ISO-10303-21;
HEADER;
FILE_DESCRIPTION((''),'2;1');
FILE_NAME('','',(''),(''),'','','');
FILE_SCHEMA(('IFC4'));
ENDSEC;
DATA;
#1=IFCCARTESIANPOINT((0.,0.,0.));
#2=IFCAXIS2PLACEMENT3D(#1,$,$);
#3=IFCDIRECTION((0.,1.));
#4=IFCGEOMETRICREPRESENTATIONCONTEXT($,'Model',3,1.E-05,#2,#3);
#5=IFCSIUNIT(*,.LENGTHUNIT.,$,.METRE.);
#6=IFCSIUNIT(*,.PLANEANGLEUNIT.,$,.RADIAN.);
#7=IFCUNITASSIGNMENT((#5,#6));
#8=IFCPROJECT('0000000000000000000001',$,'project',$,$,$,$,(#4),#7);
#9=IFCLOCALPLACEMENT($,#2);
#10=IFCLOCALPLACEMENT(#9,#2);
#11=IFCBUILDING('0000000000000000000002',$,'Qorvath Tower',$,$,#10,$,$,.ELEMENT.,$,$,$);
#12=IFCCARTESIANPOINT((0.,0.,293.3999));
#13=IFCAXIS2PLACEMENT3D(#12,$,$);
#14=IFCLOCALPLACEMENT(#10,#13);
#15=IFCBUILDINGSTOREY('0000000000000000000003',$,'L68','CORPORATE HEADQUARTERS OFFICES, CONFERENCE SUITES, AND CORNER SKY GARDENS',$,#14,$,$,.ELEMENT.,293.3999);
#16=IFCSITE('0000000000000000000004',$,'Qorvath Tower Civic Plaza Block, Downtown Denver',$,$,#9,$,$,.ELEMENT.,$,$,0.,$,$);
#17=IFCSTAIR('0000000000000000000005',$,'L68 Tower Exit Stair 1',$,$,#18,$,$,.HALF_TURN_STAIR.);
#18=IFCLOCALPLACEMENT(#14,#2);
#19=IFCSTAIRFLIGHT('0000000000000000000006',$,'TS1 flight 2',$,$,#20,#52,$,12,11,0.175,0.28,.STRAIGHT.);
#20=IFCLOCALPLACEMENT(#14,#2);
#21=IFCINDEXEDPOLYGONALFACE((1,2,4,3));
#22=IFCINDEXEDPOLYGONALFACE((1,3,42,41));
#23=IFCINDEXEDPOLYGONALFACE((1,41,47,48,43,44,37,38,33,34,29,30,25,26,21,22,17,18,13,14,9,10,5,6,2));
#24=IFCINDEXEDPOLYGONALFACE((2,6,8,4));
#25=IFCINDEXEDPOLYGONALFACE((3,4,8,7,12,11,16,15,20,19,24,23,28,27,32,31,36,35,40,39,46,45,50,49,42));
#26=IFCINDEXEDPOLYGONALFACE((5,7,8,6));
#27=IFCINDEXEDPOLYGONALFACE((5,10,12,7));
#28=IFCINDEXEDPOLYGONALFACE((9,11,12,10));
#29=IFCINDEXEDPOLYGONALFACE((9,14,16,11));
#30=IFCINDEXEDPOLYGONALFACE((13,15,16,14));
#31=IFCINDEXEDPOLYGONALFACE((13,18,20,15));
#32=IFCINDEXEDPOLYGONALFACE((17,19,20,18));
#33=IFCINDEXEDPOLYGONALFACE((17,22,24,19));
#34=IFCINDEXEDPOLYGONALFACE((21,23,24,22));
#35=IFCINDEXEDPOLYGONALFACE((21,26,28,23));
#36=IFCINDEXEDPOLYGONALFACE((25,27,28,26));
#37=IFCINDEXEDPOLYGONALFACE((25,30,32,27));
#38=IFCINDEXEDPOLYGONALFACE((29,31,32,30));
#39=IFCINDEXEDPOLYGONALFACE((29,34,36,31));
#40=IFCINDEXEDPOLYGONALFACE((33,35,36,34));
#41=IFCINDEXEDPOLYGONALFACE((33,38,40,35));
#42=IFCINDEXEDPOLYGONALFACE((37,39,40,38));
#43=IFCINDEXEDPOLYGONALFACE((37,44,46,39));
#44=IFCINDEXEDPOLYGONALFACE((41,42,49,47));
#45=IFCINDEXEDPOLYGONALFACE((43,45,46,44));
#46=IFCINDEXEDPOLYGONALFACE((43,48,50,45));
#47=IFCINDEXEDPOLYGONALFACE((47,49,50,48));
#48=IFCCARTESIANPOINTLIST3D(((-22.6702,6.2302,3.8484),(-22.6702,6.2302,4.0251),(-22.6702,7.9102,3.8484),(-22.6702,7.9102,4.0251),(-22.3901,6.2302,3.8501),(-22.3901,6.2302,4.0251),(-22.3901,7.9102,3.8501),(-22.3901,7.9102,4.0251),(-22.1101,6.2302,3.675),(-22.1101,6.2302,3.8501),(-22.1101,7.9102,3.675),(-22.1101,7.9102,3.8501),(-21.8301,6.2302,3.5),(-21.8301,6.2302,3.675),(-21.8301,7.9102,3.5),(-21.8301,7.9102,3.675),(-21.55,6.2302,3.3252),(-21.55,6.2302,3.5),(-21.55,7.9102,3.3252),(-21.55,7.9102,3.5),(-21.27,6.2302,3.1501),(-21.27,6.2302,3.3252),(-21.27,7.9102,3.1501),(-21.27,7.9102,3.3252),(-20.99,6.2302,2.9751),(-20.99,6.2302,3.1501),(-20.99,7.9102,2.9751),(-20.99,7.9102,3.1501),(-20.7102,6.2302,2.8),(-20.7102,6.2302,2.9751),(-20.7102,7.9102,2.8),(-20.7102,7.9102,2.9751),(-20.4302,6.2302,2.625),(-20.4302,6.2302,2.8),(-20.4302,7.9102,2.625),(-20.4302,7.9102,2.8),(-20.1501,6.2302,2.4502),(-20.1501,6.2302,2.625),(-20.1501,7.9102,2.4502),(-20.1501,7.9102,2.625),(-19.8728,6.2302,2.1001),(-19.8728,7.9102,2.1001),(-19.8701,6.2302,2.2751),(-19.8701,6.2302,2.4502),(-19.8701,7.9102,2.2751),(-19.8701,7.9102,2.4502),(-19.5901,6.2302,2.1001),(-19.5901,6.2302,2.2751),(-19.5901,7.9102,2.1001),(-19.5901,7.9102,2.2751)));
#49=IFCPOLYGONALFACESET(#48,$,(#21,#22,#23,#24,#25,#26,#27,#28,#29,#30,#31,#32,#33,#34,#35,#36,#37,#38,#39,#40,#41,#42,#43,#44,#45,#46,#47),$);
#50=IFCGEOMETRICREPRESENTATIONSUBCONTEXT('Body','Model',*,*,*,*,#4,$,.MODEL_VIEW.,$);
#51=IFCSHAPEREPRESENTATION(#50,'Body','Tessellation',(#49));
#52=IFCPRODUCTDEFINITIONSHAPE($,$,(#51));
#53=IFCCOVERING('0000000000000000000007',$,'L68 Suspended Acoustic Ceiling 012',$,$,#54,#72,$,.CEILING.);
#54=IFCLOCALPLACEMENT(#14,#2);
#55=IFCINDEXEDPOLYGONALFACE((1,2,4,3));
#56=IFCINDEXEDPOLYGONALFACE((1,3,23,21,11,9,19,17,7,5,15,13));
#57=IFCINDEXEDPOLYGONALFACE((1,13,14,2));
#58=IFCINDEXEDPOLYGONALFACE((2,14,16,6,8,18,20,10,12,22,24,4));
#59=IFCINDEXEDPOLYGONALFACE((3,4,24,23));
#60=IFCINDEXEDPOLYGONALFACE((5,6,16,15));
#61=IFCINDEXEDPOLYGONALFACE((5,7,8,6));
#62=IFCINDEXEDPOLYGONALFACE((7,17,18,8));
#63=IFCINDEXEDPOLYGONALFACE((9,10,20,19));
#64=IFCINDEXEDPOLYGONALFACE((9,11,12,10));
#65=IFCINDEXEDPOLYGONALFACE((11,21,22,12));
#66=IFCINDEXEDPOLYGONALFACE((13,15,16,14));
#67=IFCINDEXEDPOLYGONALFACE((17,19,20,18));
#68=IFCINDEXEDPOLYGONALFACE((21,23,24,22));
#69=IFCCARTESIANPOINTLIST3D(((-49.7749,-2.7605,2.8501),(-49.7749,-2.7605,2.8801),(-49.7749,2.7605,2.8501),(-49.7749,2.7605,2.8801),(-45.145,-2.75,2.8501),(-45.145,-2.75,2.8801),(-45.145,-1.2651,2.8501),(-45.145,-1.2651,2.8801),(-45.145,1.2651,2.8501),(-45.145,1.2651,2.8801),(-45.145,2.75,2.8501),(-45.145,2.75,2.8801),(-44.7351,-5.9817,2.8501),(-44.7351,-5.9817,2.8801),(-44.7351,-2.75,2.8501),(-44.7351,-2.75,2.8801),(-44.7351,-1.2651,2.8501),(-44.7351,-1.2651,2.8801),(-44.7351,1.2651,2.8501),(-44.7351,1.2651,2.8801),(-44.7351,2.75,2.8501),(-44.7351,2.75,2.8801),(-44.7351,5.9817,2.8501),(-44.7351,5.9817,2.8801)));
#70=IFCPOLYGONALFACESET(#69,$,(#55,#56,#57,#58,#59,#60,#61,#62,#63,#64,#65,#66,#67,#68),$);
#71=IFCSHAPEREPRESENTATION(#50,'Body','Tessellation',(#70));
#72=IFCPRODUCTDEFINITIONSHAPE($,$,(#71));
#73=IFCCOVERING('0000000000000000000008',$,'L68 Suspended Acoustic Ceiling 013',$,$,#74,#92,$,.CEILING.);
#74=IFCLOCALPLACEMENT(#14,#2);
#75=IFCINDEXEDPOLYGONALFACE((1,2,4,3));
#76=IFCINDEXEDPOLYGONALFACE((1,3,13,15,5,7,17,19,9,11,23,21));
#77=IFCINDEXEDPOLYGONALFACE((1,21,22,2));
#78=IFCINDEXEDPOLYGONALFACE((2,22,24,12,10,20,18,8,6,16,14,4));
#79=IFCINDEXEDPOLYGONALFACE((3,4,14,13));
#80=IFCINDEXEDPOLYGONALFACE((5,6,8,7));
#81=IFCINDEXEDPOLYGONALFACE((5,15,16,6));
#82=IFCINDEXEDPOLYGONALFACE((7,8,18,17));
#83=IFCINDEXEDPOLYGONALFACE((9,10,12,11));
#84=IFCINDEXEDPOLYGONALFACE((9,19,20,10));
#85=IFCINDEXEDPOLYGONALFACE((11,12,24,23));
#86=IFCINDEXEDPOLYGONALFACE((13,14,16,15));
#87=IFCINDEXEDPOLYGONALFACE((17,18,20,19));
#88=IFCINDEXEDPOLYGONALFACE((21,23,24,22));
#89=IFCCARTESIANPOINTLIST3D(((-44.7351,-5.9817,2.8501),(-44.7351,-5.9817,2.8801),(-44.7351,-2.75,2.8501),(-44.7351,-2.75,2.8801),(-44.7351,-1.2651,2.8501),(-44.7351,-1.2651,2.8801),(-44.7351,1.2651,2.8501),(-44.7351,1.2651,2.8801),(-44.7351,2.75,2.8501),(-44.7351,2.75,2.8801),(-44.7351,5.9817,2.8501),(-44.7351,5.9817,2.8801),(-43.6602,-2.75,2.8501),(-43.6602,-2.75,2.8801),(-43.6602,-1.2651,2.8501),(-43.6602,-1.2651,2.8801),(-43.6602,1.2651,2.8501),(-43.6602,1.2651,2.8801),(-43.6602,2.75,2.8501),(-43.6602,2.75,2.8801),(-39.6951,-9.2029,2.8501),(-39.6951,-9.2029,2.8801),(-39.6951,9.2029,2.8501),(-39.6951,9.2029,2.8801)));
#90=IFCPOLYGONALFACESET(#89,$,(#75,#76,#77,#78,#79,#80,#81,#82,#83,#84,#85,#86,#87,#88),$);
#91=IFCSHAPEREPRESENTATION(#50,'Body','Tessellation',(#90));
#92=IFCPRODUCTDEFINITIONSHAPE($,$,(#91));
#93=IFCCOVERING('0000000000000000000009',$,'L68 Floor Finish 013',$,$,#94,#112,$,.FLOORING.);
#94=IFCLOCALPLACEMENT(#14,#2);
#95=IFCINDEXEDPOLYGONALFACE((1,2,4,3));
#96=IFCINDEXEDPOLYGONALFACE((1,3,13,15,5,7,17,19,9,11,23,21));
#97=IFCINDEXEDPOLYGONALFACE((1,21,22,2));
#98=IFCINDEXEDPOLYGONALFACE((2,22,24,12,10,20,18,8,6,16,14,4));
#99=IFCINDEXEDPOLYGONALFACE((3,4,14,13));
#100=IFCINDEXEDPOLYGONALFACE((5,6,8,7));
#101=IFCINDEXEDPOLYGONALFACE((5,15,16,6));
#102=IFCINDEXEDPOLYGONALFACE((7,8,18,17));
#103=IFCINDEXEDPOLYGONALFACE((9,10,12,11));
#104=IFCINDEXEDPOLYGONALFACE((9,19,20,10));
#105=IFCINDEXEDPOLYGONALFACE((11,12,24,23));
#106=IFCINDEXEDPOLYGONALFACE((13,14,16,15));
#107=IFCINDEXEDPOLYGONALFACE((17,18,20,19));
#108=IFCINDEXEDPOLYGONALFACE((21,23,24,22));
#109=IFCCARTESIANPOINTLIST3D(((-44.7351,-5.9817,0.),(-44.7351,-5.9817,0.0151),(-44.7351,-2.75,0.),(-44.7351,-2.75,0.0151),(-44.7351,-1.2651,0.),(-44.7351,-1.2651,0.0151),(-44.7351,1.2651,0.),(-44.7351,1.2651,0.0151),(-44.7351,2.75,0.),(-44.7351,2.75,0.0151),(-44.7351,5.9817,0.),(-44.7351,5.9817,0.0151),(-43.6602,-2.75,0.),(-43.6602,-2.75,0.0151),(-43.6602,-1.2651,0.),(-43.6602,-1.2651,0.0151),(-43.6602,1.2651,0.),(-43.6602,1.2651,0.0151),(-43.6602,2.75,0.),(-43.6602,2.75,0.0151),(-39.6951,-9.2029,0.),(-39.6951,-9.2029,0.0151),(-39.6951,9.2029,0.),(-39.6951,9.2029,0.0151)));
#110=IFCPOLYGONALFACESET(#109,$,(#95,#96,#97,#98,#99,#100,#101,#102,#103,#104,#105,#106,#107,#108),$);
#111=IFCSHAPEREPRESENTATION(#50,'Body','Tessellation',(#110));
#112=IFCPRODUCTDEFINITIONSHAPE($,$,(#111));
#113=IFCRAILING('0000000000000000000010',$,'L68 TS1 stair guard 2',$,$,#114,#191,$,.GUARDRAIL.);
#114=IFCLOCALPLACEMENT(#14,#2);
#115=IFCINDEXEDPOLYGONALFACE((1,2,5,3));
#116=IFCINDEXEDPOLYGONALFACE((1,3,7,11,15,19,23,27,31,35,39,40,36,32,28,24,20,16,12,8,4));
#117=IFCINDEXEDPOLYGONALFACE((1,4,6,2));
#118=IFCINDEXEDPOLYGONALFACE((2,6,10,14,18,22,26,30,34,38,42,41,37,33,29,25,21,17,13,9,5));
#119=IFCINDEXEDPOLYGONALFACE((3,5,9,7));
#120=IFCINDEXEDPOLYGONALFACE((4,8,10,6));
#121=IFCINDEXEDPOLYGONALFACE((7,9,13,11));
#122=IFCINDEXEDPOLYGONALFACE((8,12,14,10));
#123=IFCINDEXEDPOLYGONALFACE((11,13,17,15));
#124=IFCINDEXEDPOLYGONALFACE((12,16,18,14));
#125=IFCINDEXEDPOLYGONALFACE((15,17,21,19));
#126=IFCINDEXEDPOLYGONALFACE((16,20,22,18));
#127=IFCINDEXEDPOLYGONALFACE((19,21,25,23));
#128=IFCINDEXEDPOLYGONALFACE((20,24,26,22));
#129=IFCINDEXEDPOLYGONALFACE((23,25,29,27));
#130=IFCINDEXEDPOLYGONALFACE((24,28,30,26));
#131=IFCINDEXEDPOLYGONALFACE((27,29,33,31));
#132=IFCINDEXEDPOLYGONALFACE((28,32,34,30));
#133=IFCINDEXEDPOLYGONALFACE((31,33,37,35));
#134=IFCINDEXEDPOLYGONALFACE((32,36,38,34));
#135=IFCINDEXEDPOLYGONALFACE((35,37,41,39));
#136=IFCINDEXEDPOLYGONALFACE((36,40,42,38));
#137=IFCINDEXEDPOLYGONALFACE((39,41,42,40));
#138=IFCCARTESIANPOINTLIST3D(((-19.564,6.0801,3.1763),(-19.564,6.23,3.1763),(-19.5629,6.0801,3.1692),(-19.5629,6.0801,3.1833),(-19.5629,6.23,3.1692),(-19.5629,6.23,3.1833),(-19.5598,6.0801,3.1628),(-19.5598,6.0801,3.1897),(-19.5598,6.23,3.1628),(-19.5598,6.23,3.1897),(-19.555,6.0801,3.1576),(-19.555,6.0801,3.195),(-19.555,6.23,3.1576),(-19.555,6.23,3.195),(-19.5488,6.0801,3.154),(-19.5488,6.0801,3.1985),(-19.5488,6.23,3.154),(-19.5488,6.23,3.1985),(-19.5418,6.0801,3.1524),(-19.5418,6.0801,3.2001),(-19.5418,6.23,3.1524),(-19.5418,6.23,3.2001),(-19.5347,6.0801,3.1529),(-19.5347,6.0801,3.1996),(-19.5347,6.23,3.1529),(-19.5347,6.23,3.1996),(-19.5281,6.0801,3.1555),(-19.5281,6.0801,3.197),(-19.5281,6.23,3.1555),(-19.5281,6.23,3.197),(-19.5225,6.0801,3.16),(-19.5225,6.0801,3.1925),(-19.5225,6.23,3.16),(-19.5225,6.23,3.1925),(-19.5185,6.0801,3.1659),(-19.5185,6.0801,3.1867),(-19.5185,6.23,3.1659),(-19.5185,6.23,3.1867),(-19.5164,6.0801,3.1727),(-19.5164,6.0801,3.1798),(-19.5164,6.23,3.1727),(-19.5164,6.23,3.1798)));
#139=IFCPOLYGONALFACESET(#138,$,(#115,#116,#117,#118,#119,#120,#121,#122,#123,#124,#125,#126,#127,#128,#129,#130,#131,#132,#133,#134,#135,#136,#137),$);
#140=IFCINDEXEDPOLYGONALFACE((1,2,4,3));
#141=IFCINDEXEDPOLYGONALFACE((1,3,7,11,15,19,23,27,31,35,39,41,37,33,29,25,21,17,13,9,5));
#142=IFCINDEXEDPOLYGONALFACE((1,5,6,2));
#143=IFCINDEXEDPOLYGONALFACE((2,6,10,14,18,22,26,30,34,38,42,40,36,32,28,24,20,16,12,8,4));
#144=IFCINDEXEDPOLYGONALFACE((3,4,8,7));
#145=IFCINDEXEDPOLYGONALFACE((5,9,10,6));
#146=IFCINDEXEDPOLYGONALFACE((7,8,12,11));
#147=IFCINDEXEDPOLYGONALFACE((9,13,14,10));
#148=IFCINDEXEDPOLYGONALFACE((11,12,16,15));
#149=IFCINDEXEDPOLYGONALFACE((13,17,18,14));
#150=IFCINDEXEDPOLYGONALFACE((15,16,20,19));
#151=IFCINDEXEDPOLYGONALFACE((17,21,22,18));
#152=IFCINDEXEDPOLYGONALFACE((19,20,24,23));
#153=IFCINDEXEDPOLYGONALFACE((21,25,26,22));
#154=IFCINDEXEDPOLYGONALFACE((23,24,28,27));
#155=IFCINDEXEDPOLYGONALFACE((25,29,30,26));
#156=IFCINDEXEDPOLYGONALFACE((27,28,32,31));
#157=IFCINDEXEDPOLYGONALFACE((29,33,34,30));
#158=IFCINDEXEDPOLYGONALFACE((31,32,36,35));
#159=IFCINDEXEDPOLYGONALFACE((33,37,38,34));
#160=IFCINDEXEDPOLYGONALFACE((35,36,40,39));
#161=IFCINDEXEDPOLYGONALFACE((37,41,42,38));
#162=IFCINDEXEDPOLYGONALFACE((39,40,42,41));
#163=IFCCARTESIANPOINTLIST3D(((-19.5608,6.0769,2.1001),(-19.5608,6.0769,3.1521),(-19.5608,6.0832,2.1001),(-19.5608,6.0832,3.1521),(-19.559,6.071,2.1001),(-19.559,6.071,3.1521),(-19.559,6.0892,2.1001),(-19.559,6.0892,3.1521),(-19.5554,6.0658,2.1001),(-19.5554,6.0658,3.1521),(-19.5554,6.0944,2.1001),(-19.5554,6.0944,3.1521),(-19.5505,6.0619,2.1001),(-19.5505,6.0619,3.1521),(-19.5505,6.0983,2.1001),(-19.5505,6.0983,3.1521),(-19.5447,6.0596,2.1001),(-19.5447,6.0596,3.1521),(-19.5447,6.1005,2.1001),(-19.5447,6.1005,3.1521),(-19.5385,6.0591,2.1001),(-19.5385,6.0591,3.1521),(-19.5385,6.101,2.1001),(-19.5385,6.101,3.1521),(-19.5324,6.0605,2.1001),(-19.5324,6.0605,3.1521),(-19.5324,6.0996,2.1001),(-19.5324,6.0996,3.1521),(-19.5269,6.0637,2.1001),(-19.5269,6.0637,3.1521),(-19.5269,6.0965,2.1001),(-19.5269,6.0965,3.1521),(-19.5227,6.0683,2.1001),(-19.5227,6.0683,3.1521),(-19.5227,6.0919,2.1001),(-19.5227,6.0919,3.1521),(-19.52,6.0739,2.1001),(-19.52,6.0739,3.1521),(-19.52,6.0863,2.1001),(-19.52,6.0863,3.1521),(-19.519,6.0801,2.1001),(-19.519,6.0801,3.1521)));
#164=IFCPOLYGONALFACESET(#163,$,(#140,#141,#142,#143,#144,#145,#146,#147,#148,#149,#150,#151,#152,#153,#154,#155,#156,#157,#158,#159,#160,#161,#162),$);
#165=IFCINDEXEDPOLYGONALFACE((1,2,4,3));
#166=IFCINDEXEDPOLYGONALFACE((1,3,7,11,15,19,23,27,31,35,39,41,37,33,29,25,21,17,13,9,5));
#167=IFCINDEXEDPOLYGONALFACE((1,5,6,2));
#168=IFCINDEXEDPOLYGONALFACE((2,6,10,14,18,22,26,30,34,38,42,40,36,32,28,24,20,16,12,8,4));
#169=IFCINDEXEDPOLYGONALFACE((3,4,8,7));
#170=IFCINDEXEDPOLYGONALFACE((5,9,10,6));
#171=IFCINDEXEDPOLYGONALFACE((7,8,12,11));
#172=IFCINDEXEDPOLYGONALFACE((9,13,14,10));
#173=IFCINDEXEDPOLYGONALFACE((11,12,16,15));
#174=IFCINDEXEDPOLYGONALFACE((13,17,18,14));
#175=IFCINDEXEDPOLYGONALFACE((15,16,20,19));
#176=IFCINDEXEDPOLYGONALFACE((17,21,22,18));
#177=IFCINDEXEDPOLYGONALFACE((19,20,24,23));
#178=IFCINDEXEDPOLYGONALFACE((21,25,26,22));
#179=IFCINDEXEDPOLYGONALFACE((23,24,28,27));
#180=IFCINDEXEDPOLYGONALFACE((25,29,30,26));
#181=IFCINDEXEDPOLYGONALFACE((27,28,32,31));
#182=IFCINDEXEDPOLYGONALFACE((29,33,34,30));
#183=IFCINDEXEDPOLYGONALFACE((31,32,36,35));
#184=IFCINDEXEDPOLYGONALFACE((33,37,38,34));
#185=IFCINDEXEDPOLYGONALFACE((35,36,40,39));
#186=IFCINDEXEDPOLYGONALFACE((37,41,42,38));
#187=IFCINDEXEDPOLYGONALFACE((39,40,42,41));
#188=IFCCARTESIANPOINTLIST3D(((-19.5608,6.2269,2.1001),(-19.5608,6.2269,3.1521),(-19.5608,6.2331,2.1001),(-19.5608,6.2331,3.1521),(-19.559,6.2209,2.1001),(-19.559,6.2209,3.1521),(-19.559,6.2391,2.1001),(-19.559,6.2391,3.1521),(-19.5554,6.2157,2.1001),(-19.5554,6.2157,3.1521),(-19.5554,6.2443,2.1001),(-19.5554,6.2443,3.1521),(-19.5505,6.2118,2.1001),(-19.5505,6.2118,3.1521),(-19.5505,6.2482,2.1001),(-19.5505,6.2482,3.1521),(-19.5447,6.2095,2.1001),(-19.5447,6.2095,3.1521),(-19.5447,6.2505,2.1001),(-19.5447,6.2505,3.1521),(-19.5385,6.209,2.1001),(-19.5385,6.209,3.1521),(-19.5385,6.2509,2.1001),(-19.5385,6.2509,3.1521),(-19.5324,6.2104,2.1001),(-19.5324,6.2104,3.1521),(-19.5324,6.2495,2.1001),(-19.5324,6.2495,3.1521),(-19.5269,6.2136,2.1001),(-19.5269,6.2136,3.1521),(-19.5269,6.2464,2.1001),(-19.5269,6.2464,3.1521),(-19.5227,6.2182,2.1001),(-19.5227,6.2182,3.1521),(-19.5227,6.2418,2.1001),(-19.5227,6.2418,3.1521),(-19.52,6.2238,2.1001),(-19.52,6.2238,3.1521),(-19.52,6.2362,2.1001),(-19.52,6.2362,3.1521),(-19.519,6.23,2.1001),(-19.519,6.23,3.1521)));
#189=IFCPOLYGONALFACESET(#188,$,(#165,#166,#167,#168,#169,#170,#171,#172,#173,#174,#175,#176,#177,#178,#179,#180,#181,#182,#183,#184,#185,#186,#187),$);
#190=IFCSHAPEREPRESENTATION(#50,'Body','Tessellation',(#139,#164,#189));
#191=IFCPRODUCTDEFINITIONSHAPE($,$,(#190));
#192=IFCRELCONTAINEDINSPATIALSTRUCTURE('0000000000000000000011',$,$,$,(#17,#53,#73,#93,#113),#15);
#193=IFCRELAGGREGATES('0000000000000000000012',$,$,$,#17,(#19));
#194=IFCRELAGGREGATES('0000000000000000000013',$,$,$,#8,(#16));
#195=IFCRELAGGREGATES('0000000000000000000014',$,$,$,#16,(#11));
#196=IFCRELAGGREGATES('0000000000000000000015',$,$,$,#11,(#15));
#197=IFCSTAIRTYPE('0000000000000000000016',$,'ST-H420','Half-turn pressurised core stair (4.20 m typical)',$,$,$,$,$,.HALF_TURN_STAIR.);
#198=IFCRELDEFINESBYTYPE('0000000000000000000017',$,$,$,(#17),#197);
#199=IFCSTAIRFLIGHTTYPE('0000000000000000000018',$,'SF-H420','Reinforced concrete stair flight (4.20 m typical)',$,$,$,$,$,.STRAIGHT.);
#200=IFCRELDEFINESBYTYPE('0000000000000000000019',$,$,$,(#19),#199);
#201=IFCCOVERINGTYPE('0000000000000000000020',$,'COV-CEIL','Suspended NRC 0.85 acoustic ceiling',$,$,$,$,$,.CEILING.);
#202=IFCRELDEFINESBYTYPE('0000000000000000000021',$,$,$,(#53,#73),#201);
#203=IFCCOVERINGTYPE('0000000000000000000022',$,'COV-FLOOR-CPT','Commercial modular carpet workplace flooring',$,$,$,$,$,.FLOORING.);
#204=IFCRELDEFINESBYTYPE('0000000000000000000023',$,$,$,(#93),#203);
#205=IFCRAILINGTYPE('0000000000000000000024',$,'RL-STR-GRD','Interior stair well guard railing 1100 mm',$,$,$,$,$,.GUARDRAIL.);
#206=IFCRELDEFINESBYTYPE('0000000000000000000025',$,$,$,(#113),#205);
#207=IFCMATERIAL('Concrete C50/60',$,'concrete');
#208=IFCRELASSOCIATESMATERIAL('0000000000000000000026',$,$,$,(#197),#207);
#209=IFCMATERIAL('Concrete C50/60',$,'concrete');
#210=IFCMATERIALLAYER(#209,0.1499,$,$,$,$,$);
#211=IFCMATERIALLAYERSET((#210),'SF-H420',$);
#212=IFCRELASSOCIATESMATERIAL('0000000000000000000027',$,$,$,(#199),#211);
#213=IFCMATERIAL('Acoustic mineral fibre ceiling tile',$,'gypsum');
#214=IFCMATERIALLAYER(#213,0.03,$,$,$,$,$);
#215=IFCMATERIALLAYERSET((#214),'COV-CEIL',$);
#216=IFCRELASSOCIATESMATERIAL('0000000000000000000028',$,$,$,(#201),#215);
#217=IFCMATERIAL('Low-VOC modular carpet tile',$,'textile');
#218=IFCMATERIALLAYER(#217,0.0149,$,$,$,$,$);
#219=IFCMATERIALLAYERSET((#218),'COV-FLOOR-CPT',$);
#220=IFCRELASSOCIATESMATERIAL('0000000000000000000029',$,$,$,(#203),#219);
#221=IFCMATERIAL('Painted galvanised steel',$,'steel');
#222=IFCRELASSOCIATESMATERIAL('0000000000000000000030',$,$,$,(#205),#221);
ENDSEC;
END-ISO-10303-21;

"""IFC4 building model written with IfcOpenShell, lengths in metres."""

from ifc_helpers import new_model, si_unit, direction, frame, origin, origin_2d, place, context, subcontext, project, spatial, polyline, circle, outline, extrude, material, layer, layer_set, type_object, element, aggregate, save


model = new_model("IFC4")

# Units and contexts
model_context = context("Model", 3, precision=1e-05, world=origin(), true_north=direction((0.0, 1.0)))
body_context = subcontext(model_context, "Body", "Model", "MODEL_VIEW")
ifc_project = project(units=[si_unit("LENGTHUNIT", "METRE"), si_unit("PLANEANGLEUNIT", "RADIAN")], contexts=[model_context])

# Site, building, storey
site_placement = place(None, origin())
site = spatial("IfcSite", under=ifc_project, at=site_placement, Name="Qorvath Tower Civic Plaza Block, Downtown Denver", CompositionType="ELEMENT", RefElevation=0.0)
building_placement = place(site_placement, origin())
building = spatial("IfcBuilding", under=site, at=building_placement, Name="Qorvath Tower", CompositionType="ELEMENT")
storey_placement = place(building_placement, frame((0.0, 0.0, 293.3999)))
storey = spatial("IfcBuildingStorey", under=building, at=storey_placement, Name="L68", Description="CORPORATE HEADQUARTERS OFFICES, CONFERENCE SUITES, AND CORNER SKY GARDENS", CompositionType="ELEMENT", Elevation=293.3999)

# Stair, stair flight
ifc_material_1 = material(Name="Concrete C50/60", Category="concrete")
stair_type = type_object("IfcStairType", Name="ST-H420", Description="Half-turn pressurised core stair (4.20 m typical)", PredefinedType="HALF_TURN_STAIR", material=ifc_material_1)
stair_placement = place(storey_placement, origin())
stair = element("IfcStair", 1, at=stair_placement, inside=storey, type_object=stair_type, Name="L68 Tower Exit Stair 1", PredefinedType="HALF_TURN_STAIR")
ifc_material_2 = material(Name="Concrete C50/60", Category="concrete")
ifc_layer_1 = layer(ifc_material_2, 0.1499)
ifc_layer_set_1 = layer_set([ifc_layer_1], Name="SF-H420")
stair_flight_type = type_object("IfcStairFlightType", Name="SF-H420", Description="Reinforced concrete stair flight (4.20 m typical)", PredefinedType="STRAIGHT", material=ifc_layer_set_1)
stair_flight_placement = place(storey_placement, frame((-19.5901, 7.0701, 2.1001), z_axis=(0.0, 0.0, 1.0), x_axis=(-1.0, 0.0, 0.0)))
stair_flight = element("IfcStairFlight", 2, at=stair_flight_placement, type_object=stair_flight_type, Name="TS1 flight 2", NumberOfRisers=12, NumberOfTreads=11, PredefinedType="STRAIGHT", RiserHeight=0.175, TreadLength=0.28, context=body_context, shape_type="SweptSolid", body=[
    extrude(outline(polyline([(0.0, 0.0), (0.0, 0.175), (0.28, 0.175), (0.28, 0.3501), (0.5601, 0.3501), (0.5601, 0.5249), (0.8401, 0.5249), (0.8401, 0.7), (1.1201, 0.7), (1.1201, 0.875), (1.3999, 0.875), (1.3999, 1.05), (1.6799, 1.05), (1.6799, 1.2251), (1.96, 1.2251), (1.96, 1.3999), (2.24, 1.3999), (2.24, 1.575), (2.52, 1.575), (2.52, 1.75), (2.8, 1.75), (2.8, 1.925), (3.0801, 1.925), (3.0801, 2.1001), (3.0801, 1.7483), (0.2827, 0.0), (0.0, 0.0)])), frame((0.0, 0.8398, 0.0), z_axis=(0.0, -1.0, 0.0), x_axis=(1.0, 0.0, 0.0)), (0.0, 0.0, 1.0), 1.6799),
])
aggregate(stair, [stair_flight])

# Coverings
ifc_material_3 = material(Name="Acoustic mineral fibre ceiling tile", Category="gypsum")
ifc_layer_2 = layer(ifc_material_3, 0.03)
ifc_layer_set_2 = layer_set([ifc_layer_2], Name="COV-CEIL")
covering_type_1 = type_object("IfcCoveringType", Name="COV-CEIL", Description="Suspended NRC 0.85 acoustic ceiling", PredefinedType="CEILING", material=ifc_layer_set_2)
covering_1_placement = place(storey_placement, frame((0.0, 0.0, 2.8501)))
element("IfcCovering", 3, at=covering_1_placement, inside=storey, type_object=covering_type_1, Name="L68 Suspended Acoustic Ceiling 012", PredefinedType="CEILING", context=body_context, shape_type="SweptSolid", body=[
    extrude(outline(polyline([(-44.7351, -5.9817), (-44.7351, -2.75), (-45.145, -2.75), (-45.145, -1.2651), (-44.7351, -1.2651), (-44.7351, 1.2651), (-45.145, 1.2651), (-45.145, 2.75), (-44.7351, 2.75), (-44.7351, 5.9817), (-49.7749, 2.7605), (-49.7749, -2.7605), (-44.7351, -5.9817)])), origin(), (0.0, 0.0, 1.0), 0.03),
])
covering_2_placement = place(storey_placement, frame((0.0, 0.0, 2.8501)))
element("IfcCovering", 4, at=covering_2_placement, inside=storey, type_object=covering_type_1, Name="L68 Suspended Acoustic Ceiling 013", PredefinedType="CEILING", context=body_context, shape_type="SweptSolid", body=[
    extrude(outline(polyline([(-39.6951, -9.2029), (-39.6951, 9.2029), (-44.7351, 5.9817), (-44.7351, 2.75), (-43.6602, 2.75), (-43.6602, 1.2651), (-44.7351, 1.2651), (-44.7351, -1.2651), (-43.6602, -1.2651), (-43.6602, -2.75), (-44.7351, -2.75), (-44.7351, -5.9817), (-39.6951, -9.2029)])), origin(), (0.0, 0.0, 1.0), 0.03),
])
ifc_material_4 = material(Name="Low-VOC modular carpet tile", Category="textile")
ifc_layer_3 = layer(ifc_material_4, 0.0149)
ifc_layer_set_3 = layer_set([ifc_layer_3], Name="COV-FLOOR-CPT")
covering_type_2 = type_object("IfcCoveringType", Name="COV-FLOOR-CPT", Description="Commercial modular carpet workplace flooring", PredefinedType="FLOORING", material=ifc_layer_set_3)
covering_3_placement = place(storey_placement, origin())
element("IfcCovering", 5, at=covering_3_placement, inside=storey, type_object=covering_type_2, Name="L68 Floor Finish 013", PredefinedType="FLOORING", context=body_context, shape_type="SweptSolid", body=[
    extrude(outline(polyline([(-39.6951, -9.2029), (-39.6951, 9.2029), (-44.7351, 5.9817), (-44.7351, 2.75), (-43.6602, 2.75), (-43.6602, 1.2651), (-44.7351, 1.2651), (-44.7351, -1.2651), (-43.6602, -1.2651), (-43.6602, -2.75), (-44.7351, -2.75), (-44.7351, -5.9817), (-39.6951, -9.2029)])), origin(), (0.0, 0.0, 1.0), 0.0151),
])

# Railing
ifc_material_5 = material(Name="Painted galvanised steel", Category="steel")
railing_type_1 = type_object("IfcRailingType", Name="RL-STR-GRD", Description="Interior stair well guard railing 1100 mm", PredefinedType="GUARDRAIL", material=ifc_material_5)
railing_1_placement = place(storey_placement, frame((-19.54, 6.0801, 2.1001)))
element("IfcRailing", 6, at=railing_1_placement, inside=storey, type_object=railing_type_1, Name="L68 TS1 stair guard 2", PredefinedType="GUARDRAIL", context=body_context, shape_type="SweptSolid", body=[
    extrude(circle(Radius=0.0239, at=origin_2d()), frame((0.0, 0.0, 1.0762), z_axis=(0.0, 1.0, 0.0), x_axis=(-1.0, 0.0, 0.0)), (0.0, 0.0, 1.0), 0.1499),
    extrude(circle(Radius=0.021, at=origin_2d()), origin(), (0.0, 0.0, 1.0), 1.052),
    extrude(circle(Radius=0.021, at=origin_2d()), frame((0.0, 0.1499, 0.0)), (0.0, 0.0, 1.0), 1.052),
])

save(model, "model.ifc")
